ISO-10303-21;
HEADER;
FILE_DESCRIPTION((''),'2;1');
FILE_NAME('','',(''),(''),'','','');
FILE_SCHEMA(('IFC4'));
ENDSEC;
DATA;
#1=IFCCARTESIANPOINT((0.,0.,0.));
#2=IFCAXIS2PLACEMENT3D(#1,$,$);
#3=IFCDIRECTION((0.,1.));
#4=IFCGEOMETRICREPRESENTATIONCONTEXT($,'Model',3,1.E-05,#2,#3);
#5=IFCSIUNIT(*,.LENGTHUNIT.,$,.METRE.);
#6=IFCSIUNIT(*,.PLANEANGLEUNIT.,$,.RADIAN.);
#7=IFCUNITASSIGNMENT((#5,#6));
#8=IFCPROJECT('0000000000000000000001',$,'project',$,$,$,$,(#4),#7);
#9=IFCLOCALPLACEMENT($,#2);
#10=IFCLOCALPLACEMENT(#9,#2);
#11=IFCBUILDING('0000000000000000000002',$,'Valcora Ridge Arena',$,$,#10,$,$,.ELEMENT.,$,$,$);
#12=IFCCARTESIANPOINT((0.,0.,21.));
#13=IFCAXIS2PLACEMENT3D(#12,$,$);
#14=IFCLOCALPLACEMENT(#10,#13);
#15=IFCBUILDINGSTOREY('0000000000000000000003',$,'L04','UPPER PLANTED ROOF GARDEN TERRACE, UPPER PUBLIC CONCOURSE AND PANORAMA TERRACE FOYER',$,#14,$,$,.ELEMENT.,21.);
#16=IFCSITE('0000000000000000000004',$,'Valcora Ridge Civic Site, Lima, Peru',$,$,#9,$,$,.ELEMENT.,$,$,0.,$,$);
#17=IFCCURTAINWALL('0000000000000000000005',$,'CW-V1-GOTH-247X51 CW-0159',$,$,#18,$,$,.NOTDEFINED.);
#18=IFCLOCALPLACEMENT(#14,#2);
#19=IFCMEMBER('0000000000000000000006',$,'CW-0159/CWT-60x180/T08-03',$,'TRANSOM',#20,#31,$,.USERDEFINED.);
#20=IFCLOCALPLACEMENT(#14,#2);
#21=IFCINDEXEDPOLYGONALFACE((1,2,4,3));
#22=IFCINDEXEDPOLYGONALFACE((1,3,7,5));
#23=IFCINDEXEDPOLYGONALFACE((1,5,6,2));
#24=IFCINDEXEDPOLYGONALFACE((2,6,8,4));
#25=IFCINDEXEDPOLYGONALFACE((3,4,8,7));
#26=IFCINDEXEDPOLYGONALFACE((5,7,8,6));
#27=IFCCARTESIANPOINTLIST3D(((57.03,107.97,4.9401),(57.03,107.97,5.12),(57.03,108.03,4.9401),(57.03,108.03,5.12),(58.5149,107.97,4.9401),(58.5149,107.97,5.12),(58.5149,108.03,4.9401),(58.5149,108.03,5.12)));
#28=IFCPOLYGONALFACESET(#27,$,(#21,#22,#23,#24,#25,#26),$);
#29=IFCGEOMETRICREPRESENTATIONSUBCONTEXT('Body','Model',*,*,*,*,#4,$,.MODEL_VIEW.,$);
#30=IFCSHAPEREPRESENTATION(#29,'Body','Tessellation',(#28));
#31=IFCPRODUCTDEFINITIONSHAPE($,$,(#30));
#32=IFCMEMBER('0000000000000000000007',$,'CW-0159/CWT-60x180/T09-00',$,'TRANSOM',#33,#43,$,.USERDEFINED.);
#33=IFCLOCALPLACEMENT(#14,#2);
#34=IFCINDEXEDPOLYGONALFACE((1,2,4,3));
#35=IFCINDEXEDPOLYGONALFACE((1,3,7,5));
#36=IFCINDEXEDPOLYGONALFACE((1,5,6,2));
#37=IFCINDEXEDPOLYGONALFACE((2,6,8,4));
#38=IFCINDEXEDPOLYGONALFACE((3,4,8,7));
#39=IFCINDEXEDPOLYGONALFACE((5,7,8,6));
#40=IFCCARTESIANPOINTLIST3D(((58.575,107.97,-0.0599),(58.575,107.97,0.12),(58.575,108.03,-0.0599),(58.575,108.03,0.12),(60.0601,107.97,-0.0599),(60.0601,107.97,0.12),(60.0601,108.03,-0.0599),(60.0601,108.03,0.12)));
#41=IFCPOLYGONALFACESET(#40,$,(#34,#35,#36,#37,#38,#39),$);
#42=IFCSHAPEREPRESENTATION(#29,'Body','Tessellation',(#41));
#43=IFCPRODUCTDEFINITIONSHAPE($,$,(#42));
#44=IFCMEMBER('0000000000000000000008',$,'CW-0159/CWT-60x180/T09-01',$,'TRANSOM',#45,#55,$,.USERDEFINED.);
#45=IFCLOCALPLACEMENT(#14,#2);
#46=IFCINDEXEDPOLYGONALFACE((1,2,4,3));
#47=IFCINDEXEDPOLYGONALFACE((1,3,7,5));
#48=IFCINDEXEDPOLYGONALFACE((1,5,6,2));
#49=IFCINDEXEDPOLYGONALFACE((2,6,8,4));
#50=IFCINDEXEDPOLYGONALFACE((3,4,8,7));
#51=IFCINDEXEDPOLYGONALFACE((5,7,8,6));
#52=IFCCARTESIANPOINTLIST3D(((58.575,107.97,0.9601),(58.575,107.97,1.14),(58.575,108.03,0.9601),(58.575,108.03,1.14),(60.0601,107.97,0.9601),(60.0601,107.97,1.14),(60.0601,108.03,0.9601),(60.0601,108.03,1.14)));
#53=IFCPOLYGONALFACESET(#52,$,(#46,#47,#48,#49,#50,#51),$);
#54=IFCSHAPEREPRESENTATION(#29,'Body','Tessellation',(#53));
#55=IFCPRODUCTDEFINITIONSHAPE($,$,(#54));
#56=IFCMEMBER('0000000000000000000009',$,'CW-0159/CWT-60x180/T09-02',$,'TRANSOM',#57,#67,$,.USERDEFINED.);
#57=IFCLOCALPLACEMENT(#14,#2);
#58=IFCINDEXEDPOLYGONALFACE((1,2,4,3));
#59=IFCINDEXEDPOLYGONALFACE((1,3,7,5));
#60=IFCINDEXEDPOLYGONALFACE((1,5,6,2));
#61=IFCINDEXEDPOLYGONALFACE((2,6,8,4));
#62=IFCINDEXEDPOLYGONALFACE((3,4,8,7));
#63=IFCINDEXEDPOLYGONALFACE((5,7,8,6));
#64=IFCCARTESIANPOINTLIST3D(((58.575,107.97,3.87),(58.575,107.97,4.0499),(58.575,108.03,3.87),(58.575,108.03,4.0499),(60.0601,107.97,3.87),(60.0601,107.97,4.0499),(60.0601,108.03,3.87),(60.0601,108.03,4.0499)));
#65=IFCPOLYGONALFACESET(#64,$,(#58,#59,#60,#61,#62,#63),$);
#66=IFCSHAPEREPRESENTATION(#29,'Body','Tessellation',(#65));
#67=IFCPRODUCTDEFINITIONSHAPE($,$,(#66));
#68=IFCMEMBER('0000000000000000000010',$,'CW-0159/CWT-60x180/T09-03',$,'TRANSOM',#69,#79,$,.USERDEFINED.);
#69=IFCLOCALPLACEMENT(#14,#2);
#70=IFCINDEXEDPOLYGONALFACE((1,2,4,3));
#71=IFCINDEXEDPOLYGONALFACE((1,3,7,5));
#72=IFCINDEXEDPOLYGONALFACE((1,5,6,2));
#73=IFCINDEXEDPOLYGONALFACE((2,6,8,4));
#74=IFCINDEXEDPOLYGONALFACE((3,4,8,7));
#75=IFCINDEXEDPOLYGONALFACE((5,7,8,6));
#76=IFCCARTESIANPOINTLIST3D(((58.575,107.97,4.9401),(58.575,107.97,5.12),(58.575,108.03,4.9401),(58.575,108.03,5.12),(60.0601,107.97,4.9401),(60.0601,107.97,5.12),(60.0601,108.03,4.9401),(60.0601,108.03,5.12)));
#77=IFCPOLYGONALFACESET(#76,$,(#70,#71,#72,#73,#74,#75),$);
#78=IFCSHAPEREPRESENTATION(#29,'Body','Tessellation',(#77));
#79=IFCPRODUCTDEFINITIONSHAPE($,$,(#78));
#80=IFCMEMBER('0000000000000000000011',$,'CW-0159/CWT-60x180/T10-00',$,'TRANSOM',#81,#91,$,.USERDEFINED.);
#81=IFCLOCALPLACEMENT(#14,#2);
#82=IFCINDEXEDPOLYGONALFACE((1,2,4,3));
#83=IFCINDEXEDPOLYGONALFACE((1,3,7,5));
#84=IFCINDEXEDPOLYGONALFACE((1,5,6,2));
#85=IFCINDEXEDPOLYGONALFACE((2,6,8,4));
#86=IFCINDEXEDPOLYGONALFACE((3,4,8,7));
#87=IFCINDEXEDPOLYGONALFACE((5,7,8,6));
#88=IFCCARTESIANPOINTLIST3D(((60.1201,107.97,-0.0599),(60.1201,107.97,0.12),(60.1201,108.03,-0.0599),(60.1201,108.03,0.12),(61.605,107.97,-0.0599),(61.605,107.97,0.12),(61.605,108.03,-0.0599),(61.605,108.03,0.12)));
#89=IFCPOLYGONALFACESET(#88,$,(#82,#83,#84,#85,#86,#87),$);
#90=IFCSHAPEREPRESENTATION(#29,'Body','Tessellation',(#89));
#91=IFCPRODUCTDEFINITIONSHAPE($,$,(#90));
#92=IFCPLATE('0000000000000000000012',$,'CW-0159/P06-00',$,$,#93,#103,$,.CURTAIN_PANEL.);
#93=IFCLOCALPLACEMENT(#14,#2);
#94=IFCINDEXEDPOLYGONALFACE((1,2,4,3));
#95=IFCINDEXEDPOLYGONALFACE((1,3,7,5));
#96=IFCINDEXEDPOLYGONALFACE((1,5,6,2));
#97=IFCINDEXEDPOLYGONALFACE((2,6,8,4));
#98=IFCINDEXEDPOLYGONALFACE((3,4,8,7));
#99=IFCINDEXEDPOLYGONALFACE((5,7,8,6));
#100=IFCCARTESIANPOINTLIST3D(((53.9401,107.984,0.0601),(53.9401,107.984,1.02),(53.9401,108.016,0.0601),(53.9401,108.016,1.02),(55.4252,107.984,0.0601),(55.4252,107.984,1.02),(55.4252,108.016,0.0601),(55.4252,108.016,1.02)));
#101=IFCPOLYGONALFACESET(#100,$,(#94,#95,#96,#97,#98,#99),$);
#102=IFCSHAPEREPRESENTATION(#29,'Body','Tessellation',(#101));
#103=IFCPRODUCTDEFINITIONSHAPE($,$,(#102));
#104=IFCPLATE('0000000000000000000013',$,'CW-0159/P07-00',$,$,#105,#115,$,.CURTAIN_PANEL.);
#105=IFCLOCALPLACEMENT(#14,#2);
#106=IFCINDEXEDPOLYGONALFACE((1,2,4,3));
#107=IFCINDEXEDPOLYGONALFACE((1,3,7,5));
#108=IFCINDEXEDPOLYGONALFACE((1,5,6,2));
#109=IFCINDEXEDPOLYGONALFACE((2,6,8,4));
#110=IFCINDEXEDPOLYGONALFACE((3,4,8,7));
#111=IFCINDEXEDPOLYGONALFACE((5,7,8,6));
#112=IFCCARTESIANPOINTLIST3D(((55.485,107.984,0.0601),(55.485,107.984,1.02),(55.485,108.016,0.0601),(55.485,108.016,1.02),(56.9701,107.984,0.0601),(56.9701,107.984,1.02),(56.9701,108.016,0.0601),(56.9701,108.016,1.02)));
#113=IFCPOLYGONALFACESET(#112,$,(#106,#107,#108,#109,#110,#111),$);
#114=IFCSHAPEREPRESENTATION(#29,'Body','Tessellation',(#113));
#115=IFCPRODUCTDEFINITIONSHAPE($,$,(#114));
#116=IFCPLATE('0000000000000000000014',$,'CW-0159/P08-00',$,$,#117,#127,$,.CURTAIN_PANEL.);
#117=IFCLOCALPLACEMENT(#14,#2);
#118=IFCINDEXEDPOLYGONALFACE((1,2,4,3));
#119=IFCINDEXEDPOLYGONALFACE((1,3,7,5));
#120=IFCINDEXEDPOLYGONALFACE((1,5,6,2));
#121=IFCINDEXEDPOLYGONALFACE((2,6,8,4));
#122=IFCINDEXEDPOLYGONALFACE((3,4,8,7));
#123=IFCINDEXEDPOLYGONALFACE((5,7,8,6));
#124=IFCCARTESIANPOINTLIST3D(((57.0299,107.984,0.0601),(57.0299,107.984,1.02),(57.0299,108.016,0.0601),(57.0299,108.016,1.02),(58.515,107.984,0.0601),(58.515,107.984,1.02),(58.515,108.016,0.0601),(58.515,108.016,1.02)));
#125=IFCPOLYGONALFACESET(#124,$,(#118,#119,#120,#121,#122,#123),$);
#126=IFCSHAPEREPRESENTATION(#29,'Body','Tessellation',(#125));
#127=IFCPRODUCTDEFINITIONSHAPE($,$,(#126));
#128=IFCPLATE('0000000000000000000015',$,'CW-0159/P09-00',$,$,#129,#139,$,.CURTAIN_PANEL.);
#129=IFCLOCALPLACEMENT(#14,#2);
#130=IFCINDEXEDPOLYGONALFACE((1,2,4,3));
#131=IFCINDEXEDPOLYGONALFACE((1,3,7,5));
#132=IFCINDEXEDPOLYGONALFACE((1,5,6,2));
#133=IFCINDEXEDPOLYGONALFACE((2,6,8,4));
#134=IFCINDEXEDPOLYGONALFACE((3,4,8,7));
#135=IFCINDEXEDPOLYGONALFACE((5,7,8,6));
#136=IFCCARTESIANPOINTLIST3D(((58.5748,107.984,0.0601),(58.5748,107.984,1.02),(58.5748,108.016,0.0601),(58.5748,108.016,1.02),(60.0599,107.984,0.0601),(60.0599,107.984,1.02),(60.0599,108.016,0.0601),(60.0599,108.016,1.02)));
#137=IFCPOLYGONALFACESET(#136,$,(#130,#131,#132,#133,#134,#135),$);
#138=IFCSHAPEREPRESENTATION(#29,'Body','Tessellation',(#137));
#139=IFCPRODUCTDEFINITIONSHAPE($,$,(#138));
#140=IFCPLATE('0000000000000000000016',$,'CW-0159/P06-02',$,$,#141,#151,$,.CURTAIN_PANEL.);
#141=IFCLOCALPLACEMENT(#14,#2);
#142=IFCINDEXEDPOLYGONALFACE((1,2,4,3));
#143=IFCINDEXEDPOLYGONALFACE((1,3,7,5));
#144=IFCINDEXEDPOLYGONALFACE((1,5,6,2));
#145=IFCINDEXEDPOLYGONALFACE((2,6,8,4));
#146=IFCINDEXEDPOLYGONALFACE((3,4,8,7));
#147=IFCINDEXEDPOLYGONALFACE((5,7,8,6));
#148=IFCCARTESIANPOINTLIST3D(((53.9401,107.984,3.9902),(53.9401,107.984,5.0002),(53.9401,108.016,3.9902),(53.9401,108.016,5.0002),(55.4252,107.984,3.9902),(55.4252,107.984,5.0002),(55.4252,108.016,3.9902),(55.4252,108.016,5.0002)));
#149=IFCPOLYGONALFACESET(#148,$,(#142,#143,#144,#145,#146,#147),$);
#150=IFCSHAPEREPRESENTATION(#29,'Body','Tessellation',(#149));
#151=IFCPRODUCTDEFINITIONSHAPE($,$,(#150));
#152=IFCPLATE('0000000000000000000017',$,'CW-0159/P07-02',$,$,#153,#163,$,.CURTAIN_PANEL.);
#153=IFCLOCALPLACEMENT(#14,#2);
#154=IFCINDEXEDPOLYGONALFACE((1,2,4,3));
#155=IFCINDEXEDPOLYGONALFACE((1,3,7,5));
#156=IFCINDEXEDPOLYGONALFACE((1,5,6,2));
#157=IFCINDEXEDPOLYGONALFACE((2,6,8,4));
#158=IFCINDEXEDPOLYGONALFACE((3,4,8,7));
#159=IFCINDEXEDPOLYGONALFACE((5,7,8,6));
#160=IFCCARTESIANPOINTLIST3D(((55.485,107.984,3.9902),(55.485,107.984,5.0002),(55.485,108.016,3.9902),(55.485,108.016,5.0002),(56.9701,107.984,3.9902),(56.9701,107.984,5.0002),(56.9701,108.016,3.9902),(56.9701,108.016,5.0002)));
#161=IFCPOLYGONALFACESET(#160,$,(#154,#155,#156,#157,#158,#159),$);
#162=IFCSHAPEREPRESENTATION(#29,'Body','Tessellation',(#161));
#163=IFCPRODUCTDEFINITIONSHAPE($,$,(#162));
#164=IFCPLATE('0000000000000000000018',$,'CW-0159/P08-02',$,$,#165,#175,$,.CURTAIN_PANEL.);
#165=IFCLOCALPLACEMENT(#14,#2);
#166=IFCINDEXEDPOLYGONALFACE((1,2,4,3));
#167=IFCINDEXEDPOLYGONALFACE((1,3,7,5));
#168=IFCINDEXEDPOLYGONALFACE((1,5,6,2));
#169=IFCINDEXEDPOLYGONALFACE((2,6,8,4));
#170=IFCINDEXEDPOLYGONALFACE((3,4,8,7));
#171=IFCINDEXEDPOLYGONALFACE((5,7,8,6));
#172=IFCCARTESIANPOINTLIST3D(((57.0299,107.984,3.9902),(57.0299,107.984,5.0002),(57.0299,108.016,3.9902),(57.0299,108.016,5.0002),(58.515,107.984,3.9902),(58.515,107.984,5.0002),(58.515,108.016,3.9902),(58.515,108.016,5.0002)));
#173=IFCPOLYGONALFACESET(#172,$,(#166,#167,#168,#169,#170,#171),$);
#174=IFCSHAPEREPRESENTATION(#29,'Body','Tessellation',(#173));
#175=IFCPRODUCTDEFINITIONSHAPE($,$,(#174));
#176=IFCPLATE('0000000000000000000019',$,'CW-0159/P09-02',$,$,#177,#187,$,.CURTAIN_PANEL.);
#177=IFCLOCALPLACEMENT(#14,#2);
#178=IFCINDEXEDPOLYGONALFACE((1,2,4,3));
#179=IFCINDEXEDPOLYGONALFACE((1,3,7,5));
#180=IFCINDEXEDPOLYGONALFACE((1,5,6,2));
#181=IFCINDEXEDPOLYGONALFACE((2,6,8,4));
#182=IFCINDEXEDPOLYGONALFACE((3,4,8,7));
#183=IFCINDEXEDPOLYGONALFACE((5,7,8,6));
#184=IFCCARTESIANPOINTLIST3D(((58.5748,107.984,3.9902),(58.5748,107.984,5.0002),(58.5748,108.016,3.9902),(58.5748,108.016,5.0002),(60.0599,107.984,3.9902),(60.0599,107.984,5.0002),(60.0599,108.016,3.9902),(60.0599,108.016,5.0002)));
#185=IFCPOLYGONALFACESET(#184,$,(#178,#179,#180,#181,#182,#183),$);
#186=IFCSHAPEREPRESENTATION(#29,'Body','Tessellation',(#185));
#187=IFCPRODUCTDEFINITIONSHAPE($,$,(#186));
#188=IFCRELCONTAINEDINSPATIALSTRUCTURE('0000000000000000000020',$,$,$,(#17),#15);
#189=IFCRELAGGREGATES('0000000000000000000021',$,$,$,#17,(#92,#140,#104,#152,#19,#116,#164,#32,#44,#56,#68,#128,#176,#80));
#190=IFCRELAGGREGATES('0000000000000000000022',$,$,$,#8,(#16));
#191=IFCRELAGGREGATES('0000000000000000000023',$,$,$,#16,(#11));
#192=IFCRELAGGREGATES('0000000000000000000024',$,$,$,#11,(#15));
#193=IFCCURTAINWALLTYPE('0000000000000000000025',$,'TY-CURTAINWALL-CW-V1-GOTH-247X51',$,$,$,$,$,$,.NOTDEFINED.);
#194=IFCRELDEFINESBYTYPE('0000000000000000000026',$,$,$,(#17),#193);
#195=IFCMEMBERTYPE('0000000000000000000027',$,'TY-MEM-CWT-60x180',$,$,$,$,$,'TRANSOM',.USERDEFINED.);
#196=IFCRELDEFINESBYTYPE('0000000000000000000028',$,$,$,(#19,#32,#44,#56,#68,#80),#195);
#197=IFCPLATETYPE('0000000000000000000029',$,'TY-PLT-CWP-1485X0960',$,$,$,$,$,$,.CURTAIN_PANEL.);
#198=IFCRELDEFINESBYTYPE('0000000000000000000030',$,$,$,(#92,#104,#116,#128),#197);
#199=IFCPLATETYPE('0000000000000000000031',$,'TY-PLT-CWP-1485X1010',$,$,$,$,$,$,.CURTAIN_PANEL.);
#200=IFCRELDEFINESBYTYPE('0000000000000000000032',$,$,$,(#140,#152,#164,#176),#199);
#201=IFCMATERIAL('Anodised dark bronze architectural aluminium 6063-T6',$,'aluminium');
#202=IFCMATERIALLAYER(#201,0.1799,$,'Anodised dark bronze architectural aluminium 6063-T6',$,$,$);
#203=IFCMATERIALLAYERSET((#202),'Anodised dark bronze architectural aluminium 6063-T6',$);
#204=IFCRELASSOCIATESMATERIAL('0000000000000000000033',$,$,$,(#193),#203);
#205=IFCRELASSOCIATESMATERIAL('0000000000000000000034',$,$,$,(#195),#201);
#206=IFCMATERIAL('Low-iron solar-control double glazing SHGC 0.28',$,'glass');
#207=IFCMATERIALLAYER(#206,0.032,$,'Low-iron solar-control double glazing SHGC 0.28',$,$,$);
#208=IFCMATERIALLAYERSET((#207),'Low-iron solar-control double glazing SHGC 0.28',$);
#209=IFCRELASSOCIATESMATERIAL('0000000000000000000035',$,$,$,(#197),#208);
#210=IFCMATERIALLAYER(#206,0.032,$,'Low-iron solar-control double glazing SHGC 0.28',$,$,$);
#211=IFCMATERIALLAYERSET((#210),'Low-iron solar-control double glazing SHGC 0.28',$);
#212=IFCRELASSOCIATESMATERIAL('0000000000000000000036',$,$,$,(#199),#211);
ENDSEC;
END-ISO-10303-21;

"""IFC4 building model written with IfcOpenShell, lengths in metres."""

from ifc_helpers import new_model, si_unit, direction, frame, origin, origin_2d, place, context, subcontext, project, spatial, rectangle, extrude, material, layer, layer_set, material_profile, profile_set, type_object, element, aggregate, save


model = new_model("IFC4")

# Units and contexts
model_context = context("Model", 3, precision=1e-05, world=origin(), true_north=direction((0.0, 1.0)))
body_context = subcontext(model_context, "Body", "Model", "MODEL_VIEW")
ifc_project = project(units=[si_unit("LENGTHUNIT", "METRE"), si_unit("PLANEANGLEUNIT", "RADIAN")], contexts=[model_context])

# Site, building, storey
site_placement = place(None, origin())
site = spatial("IfcSite", under=ifc_project, at=site_placement, Name="Valcora Ridge Civic Site, Lima, Peru", CompositionType="ELEMENT", RefElevation=0.0)
building_placement = place(site_placement, origin())
building = spatial("IfcBuilding", under=site, at=building_placement, Name="Valcora Ridge Arena", CompositionType="ELEMENT")
storey_placement = place(building_placement, frame((0.0, 0.0, 21.0)))
storey = spatial("IfcBuildingStorey", under=building, at=storey_placement, Name="L04", Description="UPPER PLANTED ROOF GARDEN TERRACE, UPPER PUBLIC CONCOURSE AND PANORAMA TERRACE FOYER", CompositionType="ELEMENT", Elevation=21.0)

# Curtain wall, members, plates
ifc_material_1 = material(Name="Anodised dark bronze architectural aluminium 6063-T6", Category="aluminium")
ifc_layer_1 = layer(ifc_material_1, 0.1799, Name="Anodised dark bronze architectural aluminium 6063-T6")
ifc_layer_set_1 = layer_set([ifc_layer_1], Name="Anodised dark bronze architectural aluminium 6063-T6")
curtain_wall_type = type_object("IfcCurtainWallType", Name="TY-CURTAINWALL-CW-V1-GOTH-247X51", PredefinedType="NOTDEFINED", material=ifc_layer_set_1)
curtain_wall_placement = place(storey_placement, origin())
curtain_wall = element("IfcCurtainWall", 1, at=curtain_wall_placement, inside=storey, type_object=curtain_wall_type, Name="CW-V1-GOTH-247X51 CW-0159", PredefinedType="NOTDEFINED")
ifc_material_profile_1 = material_profile(ifc_material_1, rectangle(XDim=0.0601, YDim=0.1799, at=origin_2d()), Name="ALU TRANSOM 60x180")
ifc_profile_set_1 = profile_set([ifc_material_profile_1], Name="Anodised dark bronze architectural aluminium 6063-T6")
member_type_1 = type_object("IfcMemberType", Name="TY-MEM-CWT-60x180", ElementType="TRANSOM", PredefinedType="USERDEFINED", material=ifc_profile_set_1)
member_1_placement = place(storey_placement, frame((57.03, 108.0, 5.03), z_axis=(1.0, 0.0, 0.0), x_axis=(0.0, 1.0, 0.0)))
member_1 = element("IfcMember", 2, at=member_1_placement, type_object=member_type_1, Name="CW-0159/CWT-60x180/T08-03", ObjectType="TRANSOM", PredefinedType="USERDEFINED", context=body_context, shape_type="SweptSolid", body=[
    extrude(rectangle(XDim=0.0601, YDim=0.1799, at=origin_2d()), origin(), (0.0, 0.0, 1.0), 1.4849),
])
member_2_placement = place(storey_placement, frame((58.575, 108.0, 0.03), z_axis=(1.0, 0.0, 0.0), x_axis=(0.0, 1.0, 0.0)))
member_2 = element("IfcMember", 3, at=member_2_placement, type_object=member_type_1, Name="CW-0159/CWT-60x180/T09-00", ObjectType="TRANSOM", PredefinedType="USERDEFINED", context=body_context, shape_type="SweptSolid", body=[
    extrude(rectangle(XDim=0.0601, YDim=0.1799, at=origin_2d()), origin(), (0.0, 0.0, 1.0), 1.4851),
])
member_3_placement = place(storey_placement, frame((58.575, 108.0, 1.05), z_axis=(1.0, 0.0, 0.0), x_axis=(0.0, 1.0, 0.0)))
member_3 = element("IfcMember", 4, at=member_3_placement, type_object=member_type_1, Name="CW-0159/CWT-60x180/T09-01", ObjectType="TRANSOM", PredefinedType="USERDEFINED", context=body_context, shape_type="SweptSolid", body=[
    extrude(rectangle(XDim=0.0601, YDim=0.1799, at=origin_2d()), origin(), (0.0, 0.0, 1.0), 1.4851),
])
member_4_placement = place(storey_placement, frame((58.575, 108.0, 3.96), z_axis=(1.0, 0.0, 0.0), x_axis=(0.0, 1.0, 0.0)))
member_4 = element("IfcMember", 5, at=member_4_placement, type_object=member_type_1, Name="CW-0159/CWT-60x180/T09-02", ObjectType="TRANSOM", PredefinedType="USERDEFINED", context=body_context, shape_type="SweptSolid", body=[
    extrude(rectangle(XDim=0.0601, YDim=0.1799, at=origin_2d()), origin(), (0.0, 0.0, 1.0), 1.4851),
])
member_5_placement = place(storey_placement, frame((58.575, 108.0, 5.03), z_axis=(1.0, 0.0, 0.0), x_axis=(0.0, 1.0, 0.0)))
member_5 = element("IfcMember", 6, at=member_5_placement, type_object=member_type_1, Name="CW-0159/CWT-60x180/T09-03", ObjectType="TRANSOM", PredefinedType="USERDEFINED", context=body_context, shape_type="SweptSolid", body=[
    extrude(rectangle(XDim=0.0601, YDim=0.1799, at=origin_2d()), origin(), (0.0, 0.0, 1.0), 1.4851),
])
member_6_placement = place(storey_placement, frame((60.1201, 108.0, 0.03), z_axis=(1.0, 0.0, 0.0), x_axis=(0.0, 1.0, 0.0)))
member_6 = element("IfcMember", 7, at=member_6_placement, type_object=member_type_1, Name="CW-0159/CWT-60x180/T10-00", ObjectType="TRANSOM", PredefinedType="USERDEFINED", context=body_context, shape_type="SweptSolid", body=[
    extrude(rectangle(XDim=0.0601, YDim=0.1799, at=origin_2d()), origin(), (0.0, 0.0, 1.0), 1.4849),
])
ifc_material_2 = material(Name="Low-iron solar-control double glazing SHGC 0.28", Category="glass")
ifc_layer_2 = layer(ifc_material_2, 0.032, Name="Low-iron solar-control double glazing SHGC 0.28")
ifc_layer_set_2 = layer_set([ifc_layer_2], Name="Low-iron solar-control double glazing SHGC 0.28")
plate_type_1 = type_object("IfcPlateType", Name="TY-PLT-CWP-1485X0960", PredefinedType="CURTAIN_PANEL", material=ifc_layer_set_2)
plate_1_placement = place(storey_placement, frame((54.6826, 108.0, 0.0601), z_axis=(0.0, 0.0, 1.0), x_axis=(1.0, 0.0, 0.0)))
plate_1 = element("IfcPlate", 8, at=plate_1_placement, type_object=plate_type_1, Name="CW-0159/P06-00", PredefinedType="CURTAIN_PANEL", context=body_context, shape_type="SweptSolid", body=[
    extrude(rectangle(XDim=1.4851, YDim=0.032, at=origin_2d()), origin(), (0.0, 0.0, 1.0), 0.96),
])
plate_2_placement = place(storey_placement, frame((56.2275, 108.0, 0.0601), z_axis=(0.0, 0.0, 1.0), x_axis=(1.0, 0.0, 0.0)))
plate_2 = element("IfcPlate", 9, at=plate_2_placement, type_object=plate_type_1, Name="CW-0159/P07-00", PredefinedType="CURTAIN_PANEL", context=body_context, shape_type="SweptSolid", body=[
    extrude(rectangle(XDim=1.4851, YDim=0.032, at=origin_2d()), origin(), (0.0, 0.0, 1.0), 0.96),
])
plate_3_placement = place(storey_placement, frame((57.7725, 108.0, 0.0601), z_axis=(0.0, 0.0, 1.0), x_axis=(1.0, 0.0, 0.0)))
plate_3 = element("IfcPlate", 10, at=plate_3_placement, type_object=plate_type_1, Name="CW-0159/P08-00", PredefinedType="CURTAIN_PANEL", context=body_context, shape_type="SweptSolid", body=[
    extrude(rectangle(XDim=1.4851, YDim=0.032, at=origin_2d()), origin(), (0.0, 0.0, 1.0), 0.96),
])
plate_4_placement = place(storey_placement, frame((59.3174, 108.0, 0.0601), z_axis=(0.0, 0.0, 1.0), x_axis=(1.0, 0.0, 0.0)))
plate_4 = element("IfcPlate", 11, at=plate_4_placement, type_object=plate_type_1, Name="CW-0159/P09-00", PredefinedType="CURTAIN_PANEL", context=body_context, shape_type="SweptSolid", body=[
    extrude(rectangle(XDim=1.4851, YDim=0.032, at=origin_2d()), origin(), (0.0, 0.0, 1.0), 0.96),
])
ifc_layer_3 = layer(ifc_material_2, 0.032, Name="Low-iron solar-control double glazing SHGC 0.28")
ifc_layer_set_3 = layer_set([ifc_layer_3], Name="Low-iron solar-control double glazing SHGC 0.28")
plate_type_2 = type_object("IfcPlateType", Name="TY-PLT-CWP-1485X1010", PredefinedType="CURTAIN_PANEL", material=ifc_layer_set_3)
plate_5_placement = place(storey_placement, frame((54.6826, 108.0, 3.9902), z_axis=(0.0, 0.0, 1.0), x_axis=(1.0, 0.0, 0.0)))
plate_5 = element("IfcPlate", 12, at=plate_5_placement, type_object=plate_type_2, Name="CW-0159/P06-02", PredefinedType="CURTAIN_PANEL", context=body_context, shape_type="SweptSolid", body=[
    extrude(rectangle(XDim=1.4851, YDim=0.032, at=origin_2d()), origin(), (0.0, 0.0, 1.0), 1.01),
])
plate_6_placement = place(storey_placement, frame((56.2275, 108.0, 3.9902), z_axis=(0.0, 0.0, 1.0), x_axis=(1.0, 0.0, 0.0)))
plate_6 = element("IfcPlate", 13, at=plate_6_placement, type_object=plate_type_2, Name="CW-0159/P07-02", PredefinedType="CURTAIN_PANEL", context=body_context, shape_type="SweptSolid", body=[
    extrude(rectangle(XDim=1.4851, YDim=0.032, at=origin_2d()), origin(), (0.0, 0.0, 1.0), 1.01),
])
plate_7_placement = place(storey_placement, frame((57.7725, 108.0, 3.9902), z_axis=(0.0, 0.0, 1.0), x_axis=(1.0, 0.0, 0.0)))
plate_7 = element("IfcPlate", 14, at=plate_7_placement, type_object=plate_type_2, Name="CW-0159/P08-02", PredefinedType="CURTAIN_PANEL", context=body_context, shape_type="SweptSolid", body=[
    extrude(rectangle(XDim=1.4851, YDim=0.032, at=origin_2d()), origin(), (0.0, 0.0, 1.0), 1.01),
])
plate_8_placement = place(storey_placement, frame((59.3174, 108.0, 3.9902), z_axis=(0.0, 0.0, 1.0), x_axis=(1.0, 0.0, 0.0)))
plate_8 = element("IfcPlate", 15, at=plate_8_placement, type_object=plate_type_2, Name="CW-0159/P09-02", PredefinedType="CURTAIN_PANEL", context=body_context, shape_type="SweptSolid", body=[
    extrude(rectangle(XDim=1.4851, YDim=0.032, at=origin_2d()), origin(), (0.0, 0.0, 1.0), 1.01),
])
aggregate(curtain_wall, [plate_1, plate_5, plate_2, plate_6, member_1, plate_3, plate_7, member_2, member_3, member_4, member_5, plate_4, plate_8, member_6])

save(model, "model.ifc")
